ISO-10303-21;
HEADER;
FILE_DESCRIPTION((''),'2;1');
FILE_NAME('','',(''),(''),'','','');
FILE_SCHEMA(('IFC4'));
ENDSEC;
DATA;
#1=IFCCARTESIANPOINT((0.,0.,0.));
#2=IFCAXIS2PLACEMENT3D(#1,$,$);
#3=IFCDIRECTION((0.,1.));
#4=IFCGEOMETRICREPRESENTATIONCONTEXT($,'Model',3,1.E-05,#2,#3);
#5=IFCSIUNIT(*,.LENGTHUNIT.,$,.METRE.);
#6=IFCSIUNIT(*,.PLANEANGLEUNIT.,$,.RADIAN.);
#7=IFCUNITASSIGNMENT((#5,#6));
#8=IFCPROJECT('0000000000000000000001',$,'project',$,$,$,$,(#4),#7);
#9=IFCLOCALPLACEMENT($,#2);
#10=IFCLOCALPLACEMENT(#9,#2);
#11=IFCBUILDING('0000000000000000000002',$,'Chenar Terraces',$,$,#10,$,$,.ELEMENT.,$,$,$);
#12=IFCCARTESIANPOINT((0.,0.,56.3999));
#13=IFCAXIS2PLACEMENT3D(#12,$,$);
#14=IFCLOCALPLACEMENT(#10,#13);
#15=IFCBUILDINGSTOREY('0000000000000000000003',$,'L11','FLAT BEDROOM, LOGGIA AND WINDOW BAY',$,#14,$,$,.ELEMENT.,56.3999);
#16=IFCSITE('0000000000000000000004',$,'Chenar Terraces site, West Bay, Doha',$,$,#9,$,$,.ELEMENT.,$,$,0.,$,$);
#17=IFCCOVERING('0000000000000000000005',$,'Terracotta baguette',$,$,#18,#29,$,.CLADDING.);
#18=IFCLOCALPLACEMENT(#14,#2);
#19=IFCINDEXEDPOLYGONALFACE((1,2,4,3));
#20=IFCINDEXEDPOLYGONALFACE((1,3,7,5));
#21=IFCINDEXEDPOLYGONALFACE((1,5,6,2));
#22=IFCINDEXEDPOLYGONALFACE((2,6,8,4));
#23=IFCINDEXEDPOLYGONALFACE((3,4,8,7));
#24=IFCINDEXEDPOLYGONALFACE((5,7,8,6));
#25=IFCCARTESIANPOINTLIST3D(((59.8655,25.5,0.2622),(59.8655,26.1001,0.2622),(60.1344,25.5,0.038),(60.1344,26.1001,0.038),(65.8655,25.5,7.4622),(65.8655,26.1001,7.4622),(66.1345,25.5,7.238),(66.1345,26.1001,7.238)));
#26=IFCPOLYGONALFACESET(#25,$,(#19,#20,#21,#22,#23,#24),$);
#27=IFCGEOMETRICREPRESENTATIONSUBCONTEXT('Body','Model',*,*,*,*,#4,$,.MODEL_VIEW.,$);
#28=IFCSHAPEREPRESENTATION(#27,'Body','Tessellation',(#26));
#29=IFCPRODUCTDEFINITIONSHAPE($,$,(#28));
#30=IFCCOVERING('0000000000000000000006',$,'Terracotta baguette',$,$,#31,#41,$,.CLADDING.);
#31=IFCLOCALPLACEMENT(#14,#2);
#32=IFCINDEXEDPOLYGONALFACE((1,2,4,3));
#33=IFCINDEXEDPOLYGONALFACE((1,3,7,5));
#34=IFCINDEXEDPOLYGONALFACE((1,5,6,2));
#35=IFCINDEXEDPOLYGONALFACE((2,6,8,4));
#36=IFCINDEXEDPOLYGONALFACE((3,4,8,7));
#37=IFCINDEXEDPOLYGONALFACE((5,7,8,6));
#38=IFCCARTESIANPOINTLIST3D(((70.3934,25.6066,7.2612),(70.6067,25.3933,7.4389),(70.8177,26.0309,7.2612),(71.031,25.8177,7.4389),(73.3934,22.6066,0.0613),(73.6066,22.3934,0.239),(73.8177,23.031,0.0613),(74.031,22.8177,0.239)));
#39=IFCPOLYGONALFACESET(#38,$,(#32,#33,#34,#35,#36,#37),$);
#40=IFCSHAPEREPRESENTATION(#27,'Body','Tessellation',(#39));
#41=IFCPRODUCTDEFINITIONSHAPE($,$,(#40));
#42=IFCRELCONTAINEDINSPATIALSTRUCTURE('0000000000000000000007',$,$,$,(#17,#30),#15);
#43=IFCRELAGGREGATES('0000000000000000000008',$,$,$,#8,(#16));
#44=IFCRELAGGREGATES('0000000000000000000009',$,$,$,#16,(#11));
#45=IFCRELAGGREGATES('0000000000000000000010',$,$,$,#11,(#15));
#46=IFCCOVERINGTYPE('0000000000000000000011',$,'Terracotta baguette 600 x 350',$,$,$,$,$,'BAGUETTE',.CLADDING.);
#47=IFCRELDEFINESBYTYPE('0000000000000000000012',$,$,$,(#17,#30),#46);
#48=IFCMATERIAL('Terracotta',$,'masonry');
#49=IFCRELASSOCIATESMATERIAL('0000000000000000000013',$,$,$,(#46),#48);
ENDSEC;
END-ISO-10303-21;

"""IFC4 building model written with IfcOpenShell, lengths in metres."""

from ifc_helpers import new_model, si_unit, direction, frame, origin, origin_2d, place, context, subcontext, project, spatial, rectangle, extrude, material, material_profile, profile_set, type_object, element, save


model = new_model("IFC4")

# Units and contexts
model_context = context("Model", 3, precision=1e-05, world=origin(), true_north=direction((0.0, 1.0)))
body_context = subcontext(model_context, "Body", "Model", "MODEL_VIEW")
ifc_project = project(units=[si_unit("LENGTHUNIT", "METRE"), si_unit("PLANEANGLEUNIT", "RADIAN")], contexts=[model_context])

# Site, building, storey
site_placement = place(None, origin())
site = spatial("IfcSite", under=ifc_project, at=site_placement, Name="Chenar Terraces site, West Bay, Doha", CompositionType="ELEMENT", RefElevation=0.0)
building_placement = place(site_placement, origin())
building = spatial("IfcBuilding", under=site, at=building_placement, Name="Chenar Terraces", CompositionType="ELEMENT")
storey_placement = place(building_placement, frame((0.0, 0.0, 56.3999)))
storey = spatial("IfcBuildingStorey", under=building, at=storey_placement, Name="L11", Description="FLAT BEDROOM, LOGGIA AND WINDOW BAY", CompositionType="ELEMENT", Elevation=56.3999)

# Coverings
ifc_material_1 = material(Name="Terracotta", Category="masonry")
ifc_material_profile_1 = material_profile(ifc_material_1, rectangle(XDim=0.6001, YDim=0.3501, at=origin_2d()), Name="Terracotta baguette 600 x 350")
ifc_profile_set_1 = profile_set([ifc_material_profile_1], Name="Terracotta")
covering_type = type_object("IfcCoveringType", Name="Terracotta baguette 600 x 350", ElementType="BAGUETTE", PredefinedType="CLADDING", material=ifc_profile_set_1)
covering_1_placement = place(storey_placement, frame((66.0, 25.8, 7.3501), z_axis=(-0.640187, 0.0, -0.768219), x_axis=(0.0, -1.0, 0.0)))
element("IfcCovering", 1, at=covering_1_placement, inside=storey, type_object=covering_type, Name="Terracotta baguette", PredefinedType="CLADDING", context=body_context, shape_type="SweptSolid", body=[
    extrude(rectangle(XDim=0.6001, YDim=0.3501, at=origin_2d()), origin(), (0.0, 0.0, 1.0), 9.3723),
])
covering_2_placement = place(storey_placement, frame((73.7122, 22.7122, 0.1501), z_axis=(-0.358981, 0.358981, 0.861548), x_axis=(-0.707107, -0.707107, 0.0)))
element("IfcCovering", 2, at=covering_2_placement, inside=storey, type_object=covering_type, Name="Terracotta baguette", PredefinedType="CLADDING", context=body_context, shape_type="SweptSolid", body=[
    extrude(rectangle(XDim=0.6001, YDim=0.3501, at=origin_2d()), origin(), (0.0, 0.0, 1.0), 8.3569),
])

save(model, "model.ifc")
